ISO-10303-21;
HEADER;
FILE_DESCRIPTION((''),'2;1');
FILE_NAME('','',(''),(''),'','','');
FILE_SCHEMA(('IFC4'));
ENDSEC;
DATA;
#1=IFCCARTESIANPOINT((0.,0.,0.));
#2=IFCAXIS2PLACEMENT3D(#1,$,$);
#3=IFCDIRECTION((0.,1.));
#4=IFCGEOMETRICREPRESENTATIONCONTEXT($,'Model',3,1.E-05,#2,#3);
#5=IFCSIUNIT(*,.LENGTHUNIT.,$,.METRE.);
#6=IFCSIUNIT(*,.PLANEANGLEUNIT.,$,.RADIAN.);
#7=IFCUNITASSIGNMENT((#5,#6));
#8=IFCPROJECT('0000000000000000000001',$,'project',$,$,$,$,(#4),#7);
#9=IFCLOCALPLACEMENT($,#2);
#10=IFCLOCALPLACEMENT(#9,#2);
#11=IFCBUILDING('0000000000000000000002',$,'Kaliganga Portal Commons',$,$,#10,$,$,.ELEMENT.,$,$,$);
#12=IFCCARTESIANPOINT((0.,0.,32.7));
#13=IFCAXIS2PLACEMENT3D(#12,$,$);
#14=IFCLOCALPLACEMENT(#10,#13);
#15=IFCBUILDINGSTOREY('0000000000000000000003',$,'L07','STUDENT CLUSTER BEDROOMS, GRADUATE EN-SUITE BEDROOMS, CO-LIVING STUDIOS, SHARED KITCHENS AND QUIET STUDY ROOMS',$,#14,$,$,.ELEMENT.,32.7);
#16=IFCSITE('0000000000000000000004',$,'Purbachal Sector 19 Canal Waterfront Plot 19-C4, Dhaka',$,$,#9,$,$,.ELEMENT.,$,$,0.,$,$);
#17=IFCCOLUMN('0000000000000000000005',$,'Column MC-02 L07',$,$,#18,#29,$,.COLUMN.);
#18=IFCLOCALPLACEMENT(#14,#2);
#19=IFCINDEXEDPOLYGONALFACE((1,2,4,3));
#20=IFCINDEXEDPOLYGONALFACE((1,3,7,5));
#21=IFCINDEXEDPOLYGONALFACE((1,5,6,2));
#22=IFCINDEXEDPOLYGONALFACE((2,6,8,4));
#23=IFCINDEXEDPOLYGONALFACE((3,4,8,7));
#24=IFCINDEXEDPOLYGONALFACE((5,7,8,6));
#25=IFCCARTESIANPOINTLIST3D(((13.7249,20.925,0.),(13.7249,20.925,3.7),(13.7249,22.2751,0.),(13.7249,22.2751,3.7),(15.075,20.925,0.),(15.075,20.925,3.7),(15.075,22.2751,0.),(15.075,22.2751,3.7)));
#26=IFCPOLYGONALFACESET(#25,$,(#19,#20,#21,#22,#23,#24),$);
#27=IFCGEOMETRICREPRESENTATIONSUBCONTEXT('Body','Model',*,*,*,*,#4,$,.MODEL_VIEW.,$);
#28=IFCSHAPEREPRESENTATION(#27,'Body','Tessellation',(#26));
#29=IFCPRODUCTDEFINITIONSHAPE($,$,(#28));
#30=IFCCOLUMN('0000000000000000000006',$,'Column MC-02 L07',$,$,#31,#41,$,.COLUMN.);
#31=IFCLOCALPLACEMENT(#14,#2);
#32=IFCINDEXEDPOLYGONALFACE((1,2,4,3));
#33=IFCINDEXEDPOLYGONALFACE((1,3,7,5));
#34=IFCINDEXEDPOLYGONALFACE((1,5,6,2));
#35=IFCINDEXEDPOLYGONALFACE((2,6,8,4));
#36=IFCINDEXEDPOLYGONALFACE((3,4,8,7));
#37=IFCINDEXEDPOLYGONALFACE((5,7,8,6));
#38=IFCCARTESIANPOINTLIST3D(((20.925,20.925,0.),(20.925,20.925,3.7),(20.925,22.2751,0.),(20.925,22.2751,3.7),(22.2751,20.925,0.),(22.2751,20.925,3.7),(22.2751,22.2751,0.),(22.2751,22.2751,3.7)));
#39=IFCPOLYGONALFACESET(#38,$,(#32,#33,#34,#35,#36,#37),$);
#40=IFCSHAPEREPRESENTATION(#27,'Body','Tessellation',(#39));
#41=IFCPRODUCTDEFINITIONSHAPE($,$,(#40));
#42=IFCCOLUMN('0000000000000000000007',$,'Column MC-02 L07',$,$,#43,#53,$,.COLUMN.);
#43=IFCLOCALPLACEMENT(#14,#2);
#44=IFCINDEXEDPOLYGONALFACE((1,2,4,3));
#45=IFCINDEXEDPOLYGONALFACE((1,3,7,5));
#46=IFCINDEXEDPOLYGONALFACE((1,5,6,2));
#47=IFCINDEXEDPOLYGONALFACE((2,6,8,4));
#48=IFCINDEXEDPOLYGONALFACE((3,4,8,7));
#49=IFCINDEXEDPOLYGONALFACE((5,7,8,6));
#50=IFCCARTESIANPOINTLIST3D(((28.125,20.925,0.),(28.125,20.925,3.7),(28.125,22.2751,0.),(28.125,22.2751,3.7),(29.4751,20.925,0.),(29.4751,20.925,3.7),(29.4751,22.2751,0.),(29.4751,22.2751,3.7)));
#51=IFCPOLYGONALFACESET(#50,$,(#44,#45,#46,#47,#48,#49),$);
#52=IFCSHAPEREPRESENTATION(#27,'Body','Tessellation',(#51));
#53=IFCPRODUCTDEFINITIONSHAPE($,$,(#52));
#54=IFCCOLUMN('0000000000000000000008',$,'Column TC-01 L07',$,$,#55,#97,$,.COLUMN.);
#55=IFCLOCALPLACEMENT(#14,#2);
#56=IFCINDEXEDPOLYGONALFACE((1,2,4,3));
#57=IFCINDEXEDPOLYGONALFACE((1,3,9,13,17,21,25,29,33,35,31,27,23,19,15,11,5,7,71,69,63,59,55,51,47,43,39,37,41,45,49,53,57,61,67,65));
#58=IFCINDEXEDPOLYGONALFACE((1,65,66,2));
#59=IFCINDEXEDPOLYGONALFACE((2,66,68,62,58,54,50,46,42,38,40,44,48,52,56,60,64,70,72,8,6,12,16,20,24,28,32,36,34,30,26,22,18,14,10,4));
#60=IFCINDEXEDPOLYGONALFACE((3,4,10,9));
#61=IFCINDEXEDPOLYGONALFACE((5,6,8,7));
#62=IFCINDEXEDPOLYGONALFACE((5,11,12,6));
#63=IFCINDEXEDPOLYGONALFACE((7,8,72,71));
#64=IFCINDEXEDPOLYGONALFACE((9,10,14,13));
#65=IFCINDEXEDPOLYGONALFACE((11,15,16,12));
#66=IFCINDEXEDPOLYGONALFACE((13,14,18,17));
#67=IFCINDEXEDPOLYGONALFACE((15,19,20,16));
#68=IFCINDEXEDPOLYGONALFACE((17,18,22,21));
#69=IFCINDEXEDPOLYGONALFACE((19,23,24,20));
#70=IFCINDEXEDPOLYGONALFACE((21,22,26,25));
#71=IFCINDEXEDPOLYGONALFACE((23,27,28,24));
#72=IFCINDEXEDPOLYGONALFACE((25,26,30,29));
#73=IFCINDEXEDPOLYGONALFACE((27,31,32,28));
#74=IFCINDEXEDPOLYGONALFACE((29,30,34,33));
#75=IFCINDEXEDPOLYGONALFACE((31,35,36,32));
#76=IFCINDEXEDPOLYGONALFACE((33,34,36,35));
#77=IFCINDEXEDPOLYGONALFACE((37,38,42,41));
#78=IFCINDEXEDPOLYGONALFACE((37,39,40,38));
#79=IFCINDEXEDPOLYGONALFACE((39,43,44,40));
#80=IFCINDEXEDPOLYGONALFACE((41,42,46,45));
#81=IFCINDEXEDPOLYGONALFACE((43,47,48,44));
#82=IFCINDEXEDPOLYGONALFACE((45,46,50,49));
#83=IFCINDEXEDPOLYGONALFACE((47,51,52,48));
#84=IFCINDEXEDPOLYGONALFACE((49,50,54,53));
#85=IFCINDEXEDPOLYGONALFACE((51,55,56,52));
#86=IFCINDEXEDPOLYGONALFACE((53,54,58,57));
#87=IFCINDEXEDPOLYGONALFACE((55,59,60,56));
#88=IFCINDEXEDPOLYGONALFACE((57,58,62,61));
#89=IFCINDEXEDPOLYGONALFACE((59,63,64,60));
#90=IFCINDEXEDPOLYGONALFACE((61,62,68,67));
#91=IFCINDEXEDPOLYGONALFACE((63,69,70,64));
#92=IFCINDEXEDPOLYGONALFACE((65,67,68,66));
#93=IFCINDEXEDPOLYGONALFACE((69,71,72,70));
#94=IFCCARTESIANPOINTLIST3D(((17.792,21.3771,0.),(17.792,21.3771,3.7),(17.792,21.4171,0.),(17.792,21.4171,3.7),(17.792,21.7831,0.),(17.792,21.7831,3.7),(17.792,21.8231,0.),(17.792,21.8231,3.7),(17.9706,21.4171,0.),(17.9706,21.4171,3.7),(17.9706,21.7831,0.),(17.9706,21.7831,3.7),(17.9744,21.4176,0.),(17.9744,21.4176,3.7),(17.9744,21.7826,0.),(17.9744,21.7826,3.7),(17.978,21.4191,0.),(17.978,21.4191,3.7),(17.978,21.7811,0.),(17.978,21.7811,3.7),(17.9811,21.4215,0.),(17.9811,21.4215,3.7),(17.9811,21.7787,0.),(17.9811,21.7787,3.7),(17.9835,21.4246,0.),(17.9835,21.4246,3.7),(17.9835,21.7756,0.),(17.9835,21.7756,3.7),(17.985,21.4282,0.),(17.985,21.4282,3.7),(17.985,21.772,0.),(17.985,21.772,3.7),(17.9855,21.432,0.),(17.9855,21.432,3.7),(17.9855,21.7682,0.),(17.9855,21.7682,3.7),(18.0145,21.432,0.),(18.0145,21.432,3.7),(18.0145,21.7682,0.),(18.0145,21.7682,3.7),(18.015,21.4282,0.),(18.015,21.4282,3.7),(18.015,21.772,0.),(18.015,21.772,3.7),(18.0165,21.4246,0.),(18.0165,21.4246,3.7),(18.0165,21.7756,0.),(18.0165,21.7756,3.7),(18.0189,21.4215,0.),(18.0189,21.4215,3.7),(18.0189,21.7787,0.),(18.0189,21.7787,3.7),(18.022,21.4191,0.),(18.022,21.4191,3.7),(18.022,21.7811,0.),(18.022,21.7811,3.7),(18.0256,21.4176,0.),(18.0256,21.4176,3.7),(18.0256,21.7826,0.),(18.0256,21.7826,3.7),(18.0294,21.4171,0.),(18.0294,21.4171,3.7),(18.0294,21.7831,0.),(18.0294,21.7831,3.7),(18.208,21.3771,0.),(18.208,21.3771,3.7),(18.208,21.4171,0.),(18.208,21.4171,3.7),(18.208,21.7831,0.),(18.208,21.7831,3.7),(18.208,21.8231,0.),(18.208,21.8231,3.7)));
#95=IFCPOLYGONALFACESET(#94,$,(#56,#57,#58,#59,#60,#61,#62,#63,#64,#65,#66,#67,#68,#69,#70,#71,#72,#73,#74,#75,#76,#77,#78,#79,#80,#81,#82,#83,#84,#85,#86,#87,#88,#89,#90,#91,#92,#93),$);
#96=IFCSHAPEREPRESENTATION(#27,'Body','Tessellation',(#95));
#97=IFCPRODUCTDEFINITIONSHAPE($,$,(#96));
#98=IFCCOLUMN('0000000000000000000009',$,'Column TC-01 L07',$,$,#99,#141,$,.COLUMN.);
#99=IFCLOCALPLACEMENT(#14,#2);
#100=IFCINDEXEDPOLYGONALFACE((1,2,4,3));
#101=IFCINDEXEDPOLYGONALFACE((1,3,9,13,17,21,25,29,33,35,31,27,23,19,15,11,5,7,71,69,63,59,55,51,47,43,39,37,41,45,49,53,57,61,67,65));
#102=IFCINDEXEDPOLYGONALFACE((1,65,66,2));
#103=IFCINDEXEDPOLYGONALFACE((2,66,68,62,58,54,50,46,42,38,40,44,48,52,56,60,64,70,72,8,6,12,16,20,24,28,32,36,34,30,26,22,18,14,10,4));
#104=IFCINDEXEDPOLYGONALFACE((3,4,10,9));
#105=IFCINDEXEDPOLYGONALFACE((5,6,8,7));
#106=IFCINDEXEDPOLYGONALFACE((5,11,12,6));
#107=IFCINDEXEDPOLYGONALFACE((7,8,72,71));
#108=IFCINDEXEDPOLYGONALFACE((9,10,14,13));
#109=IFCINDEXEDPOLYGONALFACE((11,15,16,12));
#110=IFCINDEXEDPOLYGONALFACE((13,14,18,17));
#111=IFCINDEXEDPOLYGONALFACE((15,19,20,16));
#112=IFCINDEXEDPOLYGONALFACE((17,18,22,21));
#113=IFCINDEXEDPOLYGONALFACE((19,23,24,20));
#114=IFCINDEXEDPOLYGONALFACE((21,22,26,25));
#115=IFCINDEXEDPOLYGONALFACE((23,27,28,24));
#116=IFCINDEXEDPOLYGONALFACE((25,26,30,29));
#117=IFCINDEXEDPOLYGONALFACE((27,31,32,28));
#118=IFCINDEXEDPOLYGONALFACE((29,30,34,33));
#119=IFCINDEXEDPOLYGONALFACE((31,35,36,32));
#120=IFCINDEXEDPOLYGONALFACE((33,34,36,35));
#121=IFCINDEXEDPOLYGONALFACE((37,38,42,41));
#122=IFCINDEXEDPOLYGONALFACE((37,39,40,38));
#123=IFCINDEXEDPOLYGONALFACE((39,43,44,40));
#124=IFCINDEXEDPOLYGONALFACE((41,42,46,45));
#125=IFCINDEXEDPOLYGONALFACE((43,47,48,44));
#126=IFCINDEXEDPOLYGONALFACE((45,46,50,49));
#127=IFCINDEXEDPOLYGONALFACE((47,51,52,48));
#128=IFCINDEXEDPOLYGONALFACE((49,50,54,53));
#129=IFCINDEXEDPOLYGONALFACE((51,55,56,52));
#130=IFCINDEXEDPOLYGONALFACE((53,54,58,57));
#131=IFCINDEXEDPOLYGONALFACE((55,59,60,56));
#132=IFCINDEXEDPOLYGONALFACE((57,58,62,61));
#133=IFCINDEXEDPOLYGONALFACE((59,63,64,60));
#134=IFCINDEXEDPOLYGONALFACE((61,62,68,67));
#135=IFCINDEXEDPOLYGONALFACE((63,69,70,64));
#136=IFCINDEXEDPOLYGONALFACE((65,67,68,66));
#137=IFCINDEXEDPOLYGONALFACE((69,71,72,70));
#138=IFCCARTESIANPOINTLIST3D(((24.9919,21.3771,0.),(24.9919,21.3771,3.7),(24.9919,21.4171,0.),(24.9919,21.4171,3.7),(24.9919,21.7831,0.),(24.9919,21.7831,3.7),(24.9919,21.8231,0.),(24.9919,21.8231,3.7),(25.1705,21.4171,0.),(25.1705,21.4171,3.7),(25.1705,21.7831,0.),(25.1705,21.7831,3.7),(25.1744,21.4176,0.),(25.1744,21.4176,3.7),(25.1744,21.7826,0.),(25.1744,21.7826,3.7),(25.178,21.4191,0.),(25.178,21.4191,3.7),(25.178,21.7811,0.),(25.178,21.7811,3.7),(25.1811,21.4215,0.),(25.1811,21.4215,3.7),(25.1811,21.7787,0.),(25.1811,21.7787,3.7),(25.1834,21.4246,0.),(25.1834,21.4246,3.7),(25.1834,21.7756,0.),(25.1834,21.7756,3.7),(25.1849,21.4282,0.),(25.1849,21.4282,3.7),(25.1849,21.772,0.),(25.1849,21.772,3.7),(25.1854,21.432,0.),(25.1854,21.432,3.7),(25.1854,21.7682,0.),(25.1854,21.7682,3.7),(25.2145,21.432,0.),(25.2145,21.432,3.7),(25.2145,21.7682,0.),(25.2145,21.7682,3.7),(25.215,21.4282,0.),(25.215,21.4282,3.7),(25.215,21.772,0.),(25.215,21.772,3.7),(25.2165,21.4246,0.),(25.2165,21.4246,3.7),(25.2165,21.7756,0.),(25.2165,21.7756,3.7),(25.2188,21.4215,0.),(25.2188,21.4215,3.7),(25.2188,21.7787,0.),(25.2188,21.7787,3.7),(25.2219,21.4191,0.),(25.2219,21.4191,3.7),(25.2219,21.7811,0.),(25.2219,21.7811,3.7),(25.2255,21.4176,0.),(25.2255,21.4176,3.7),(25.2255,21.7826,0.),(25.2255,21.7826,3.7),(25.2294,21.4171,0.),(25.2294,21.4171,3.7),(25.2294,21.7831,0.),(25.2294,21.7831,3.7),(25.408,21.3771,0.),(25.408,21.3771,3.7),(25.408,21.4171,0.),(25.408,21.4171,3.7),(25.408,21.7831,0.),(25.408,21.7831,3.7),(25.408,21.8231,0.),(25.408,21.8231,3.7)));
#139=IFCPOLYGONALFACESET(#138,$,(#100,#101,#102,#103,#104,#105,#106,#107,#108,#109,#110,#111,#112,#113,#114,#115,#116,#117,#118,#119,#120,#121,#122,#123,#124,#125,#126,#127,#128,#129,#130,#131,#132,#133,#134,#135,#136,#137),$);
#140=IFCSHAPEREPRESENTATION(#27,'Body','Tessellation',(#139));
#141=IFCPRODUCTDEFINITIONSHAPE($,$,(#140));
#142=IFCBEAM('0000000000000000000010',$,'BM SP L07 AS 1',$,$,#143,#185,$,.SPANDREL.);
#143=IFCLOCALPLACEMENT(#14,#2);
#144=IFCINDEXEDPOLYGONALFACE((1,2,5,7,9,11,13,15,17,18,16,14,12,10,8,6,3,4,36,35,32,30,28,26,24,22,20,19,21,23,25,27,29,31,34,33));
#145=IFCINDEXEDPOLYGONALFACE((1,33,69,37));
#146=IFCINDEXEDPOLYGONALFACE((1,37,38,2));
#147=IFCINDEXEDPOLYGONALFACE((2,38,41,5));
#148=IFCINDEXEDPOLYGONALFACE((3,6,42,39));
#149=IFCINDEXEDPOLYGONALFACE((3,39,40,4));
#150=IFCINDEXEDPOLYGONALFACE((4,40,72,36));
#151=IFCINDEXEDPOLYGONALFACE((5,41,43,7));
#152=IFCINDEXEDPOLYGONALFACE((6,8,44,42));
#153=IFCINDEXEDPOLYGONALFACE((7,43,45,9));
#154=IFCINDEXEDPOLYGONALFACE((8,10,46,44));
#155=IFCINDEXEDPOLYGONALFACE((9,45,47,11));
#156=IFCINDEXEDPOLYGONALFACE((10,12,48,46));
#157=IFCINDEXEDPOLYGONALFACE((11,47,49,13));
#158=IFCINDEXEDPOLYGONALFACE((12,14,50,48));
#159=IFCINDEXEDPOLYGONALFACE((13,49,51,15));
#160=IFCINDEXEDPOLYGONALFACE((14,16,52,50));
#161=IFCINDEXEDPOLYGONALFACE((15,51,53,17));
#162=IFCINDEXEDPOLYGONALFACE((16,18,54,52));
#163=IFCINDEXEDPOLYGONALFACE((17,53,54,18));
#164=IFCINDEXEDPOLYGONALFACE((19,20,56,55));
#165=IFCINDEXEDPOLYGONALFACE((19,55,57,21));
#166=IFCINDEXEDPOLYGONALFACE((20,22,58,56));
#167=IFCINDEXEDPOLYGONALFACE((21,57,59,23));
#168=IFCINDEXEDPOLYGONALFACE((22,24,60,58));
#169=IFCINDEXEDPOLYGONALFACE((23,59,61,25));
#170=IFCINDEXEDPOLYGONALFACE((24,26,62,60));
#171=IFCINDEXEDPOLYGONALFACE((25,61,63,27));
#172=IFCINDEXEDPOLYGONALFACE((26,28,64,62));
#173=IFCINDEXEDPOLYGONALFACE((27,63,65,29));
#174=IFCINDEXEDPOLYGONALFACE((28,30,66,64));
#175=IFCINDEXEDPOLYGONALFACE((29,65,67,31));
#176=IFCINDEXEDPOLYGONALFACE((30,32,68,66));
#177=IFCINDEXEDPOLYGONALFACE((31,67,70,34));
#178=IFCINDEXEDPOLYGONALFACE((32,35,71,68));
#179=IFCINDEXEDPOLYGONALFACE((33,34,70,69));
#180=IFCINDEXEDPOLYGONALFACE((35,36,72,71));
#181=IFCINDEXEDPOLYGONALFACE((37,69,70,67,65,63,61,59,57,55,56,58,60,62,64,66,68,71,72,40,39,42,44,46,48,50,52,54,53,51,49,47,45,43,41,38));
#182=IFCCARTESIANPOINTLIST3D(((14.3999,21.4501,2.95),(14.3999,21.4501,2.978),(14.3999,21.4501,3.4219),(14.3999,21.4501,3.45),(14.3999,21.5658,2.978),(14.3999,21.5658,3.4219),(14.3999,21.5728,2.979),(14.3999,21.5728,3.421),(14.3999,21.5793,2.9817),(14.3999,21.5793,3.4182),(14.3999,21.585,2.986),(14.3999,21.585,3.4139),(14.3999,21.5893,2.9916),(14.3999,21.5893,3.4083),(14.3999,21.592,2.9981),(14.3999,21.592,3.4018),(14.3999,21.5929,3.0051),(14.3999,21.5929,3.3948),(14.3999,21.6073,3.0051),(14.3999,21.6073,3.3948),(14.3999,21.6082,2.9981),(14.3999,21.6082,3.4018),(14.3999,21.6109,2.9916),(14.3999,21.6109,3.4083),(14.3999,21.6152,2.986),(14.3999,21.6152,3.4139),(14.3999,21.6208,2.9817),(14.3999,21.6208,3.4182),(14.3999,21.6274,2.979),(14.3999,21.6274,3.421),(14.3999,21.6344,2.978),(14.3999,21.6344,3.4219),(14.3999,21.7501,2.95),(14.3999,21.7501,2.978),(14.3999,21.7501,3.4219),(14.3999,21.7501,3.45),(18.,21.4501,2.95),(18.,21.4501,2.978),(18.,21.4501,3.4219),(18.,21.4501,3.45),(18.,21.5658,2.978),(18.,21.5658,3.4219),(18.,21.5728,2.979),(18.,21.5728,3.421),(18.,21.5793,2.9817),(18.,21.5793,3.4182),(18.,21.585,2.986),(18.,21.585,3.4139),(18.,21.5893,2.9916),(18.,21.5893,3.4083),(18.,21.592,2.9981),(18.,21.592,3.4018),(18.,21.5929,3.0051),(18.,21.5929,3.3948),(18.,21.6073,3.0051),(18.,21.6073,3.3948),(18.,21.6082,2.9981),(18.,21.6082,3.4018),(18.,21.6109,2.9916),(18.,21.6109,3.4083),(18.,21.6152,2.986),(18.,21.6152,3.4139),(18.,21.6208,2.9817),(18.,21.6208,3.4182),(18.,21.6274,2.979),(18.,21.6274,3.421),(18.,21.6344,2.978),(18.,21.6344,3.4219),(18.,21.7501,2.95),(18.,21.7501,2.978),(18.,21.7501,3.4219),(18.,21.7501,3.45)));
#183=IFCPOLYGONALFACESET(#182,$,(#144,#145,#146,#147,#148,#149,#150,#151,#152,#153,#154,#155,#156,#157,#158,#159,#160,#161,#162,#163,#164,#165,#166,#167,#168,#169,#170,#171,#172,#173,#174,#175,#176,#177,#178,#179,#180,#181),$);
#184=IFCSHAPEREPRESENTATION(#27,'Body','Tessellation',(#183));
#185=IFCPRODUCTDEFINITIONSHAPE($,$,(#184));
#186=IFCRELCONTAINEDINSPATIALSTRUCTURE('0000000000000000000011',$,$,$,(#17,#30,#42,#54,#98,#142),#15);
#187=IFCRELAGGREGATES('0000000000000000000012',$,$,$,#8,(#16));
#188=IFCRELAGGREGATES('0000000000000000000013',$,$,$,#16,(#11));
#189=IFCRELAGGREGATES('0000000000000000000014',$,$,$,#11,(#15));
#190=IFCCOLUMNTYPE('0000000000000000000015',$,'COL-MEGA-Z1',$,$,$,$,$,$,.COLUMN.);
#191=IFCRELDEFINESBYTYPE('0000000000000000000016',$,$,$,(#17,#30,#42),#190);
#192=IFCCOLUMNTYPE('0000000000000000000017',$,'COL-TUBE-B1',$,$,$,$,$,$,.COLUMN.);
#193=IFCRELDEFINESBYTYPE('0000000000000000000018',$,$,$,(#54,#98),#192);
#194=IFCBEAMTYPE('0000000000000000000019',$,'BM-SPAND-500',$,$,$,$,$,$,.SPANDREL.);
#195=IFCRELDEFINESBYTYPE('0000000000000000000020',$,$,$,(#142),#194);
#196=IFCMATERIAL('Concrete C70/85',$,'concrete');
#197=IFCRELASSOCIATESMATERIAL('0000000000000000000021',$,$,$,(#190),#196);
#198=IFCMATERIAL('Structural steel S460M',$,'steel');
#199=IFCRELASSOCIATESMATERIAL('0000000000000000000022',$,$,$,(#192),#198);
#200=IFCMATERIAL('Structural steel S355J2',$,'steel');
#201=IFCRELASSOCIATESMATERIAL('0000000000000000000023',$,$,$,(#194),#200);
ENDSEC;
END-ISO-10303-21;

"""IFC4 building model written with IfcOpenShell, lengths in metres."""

from ifc_helpers import new_model, si_unit, direction, frame, origin, origin_2d, place, context, subcontext, project, spatial, rectangle, i_section, extrude, source, transform, mapped, material, material_profile, profile_set, type_object, element, save


model = new_model("IFC4")

# Units and contexts
model_context = context("Model", 3, precision=1e-05, world=origin(), true_north=direction((0.0, 1.0)))
body_context = subcontext(model_context, "Body", "Model", "MODEL_VIEW")
ifc_project = project(units=[si_unit("LENGTHUNIT", "METRE"), si_unit("PLANEANGLEUNIT", "RADIAN")], contexts=[model_context])

# Site, building, storey
site_placement = place(None, origin())
site = spatial("IfcSite", under=ifc_project, at=site_placement, Name="Purbachal Sector 19 Canal Waterfront Plot 19-C4, Dhaka", CompositionType="ELEMENT", RefElevation=0.0)
building_placement = place(site_placement, origin())
building = spatial("IfcBuilding", under=site, at=building_placement, Name="Kaliganga Portal Commons", CompositionType="ELEMENT")
storey_placement = place(building_placement, frame((0.0, 0.0, 32.7)))
storey = spatial("IfcBuildingStorey", under=building, at=storey_placement, Name="L07", Description="STUDENT CLUSTER BEDROOMS, GRADUATE EN-SUITE BEDROOMS, CO-LIVING STUDIOS, SHARED KITCHENS AND QUIET STUDY ROOMS", CompositionType="ELEMENT", Elevation=32.7)

# Columns
ifc_material_1 = material(Name="Concrete C70/85", Category="concrete")
ifc_material_profile_1 = material_profile(ifc_material_1, rectangle(XDim=1.3501, YDim=1.3501, at=origin_2d()), Name="RC 1350x1350")
ifc_profile_set_1 = profile_set([ifc_material_profile_1], Name="Concrete C70/85")
column_type_1 = type_object("IfcColumnType", Name="COL-MEGA-Z1", PredefinedType="COLUMN", material=ifc_profile_set_1)
shared_shape_1 = source(origin(), body_context, "Body", "SweptSolid", [
    extrude(rectangle(XDim=1.3501, YDim=1.3501, at=origin_2d()), origin(), (0.0, 0.0, 1.0), 3.7),
])
for number, where, z_axis, x_axis, name in (
    (1, (14.3999, 21.6001, 0.0), (0.0, 0.0, 1.0), (1.0, 0.0, 0.0), "Column MC-02 L07"),
    (2, (21.6001, 21.6001, 0.0), (0.0, 0.0, 1.0), (1.0, 0.0, 0.0), "Column MC-02 L07"),
    (3, (28.8, 21.6001, 0.0), (0.0, 0.0, 1.0), (1.0, 0.0, 0.0), "Column MC-02 L07"),
):
    element("IfcColumn", number, at=place(storey_placement, frame(where, z_axis=z_axis, x_axis=x_axis)), inside=storey, type_object=column_type_1, Name=name, PredefinedType="COLUMN", context=body_context, shape_type="MappedRepresentation", body=[
        mapped(shared_shape_1, transform((0.0, 0.0, 0.0), x_axis=(1.0, 0.0, 0.0), y_axis=(0.0, 1.0, 0.0), z_axis=(0.0, 0.0, 1.0), scale=1.0)),
    ])
ifc_material_2 = material(Name="Structural steel S460M", Category="steel")
ifc_material_profile_2 = material_profile(ifc_material_2, i_section(OverallWidth=0.416, OverallDepth=0.446, WebThickness=0.0291, FlangeThickness=0.04, FilletRadius=0.0149, at=origin_2d()), Name="HD 400x509")
ifc_profile_set_2 = profile_set([ifc_material_profile_2], Name="Structural steel S460M wide-flange")
column_type_2 = type_object("IfcColumnType", Name="COL-TUBE-B1", PredefinedType="COLUMN", material=ifc_profile_set_2)
shared_shape_2 = source(origin(), body_context, "Body", "SweptSolid", [
    extrude(i_section(OverallWidth=0.416, OverallDepth=0.446, WebThickness=0.0291, FlangeThickness=0.04, FilletRadius=0.0149, at=origin_2d()), origin(), (0.0, 0.0, 1.0), 3.7),
])
for number, where, z_axis, x_axis, name in (
    (4, (18.0, 21.6001, 0.0), (0.0, 0.0, 1.0), (1.0, 0.0, 0.0), "Column TC-01 L07"),
    (5, (25.2, 21.6001, 0.0), (0.0, 0.0, 1.0), (1.0, 0.0, 0.0), "Column TC-01 L07"),
):
    element("IfcColumn", number, at=place(storey_placement, frame(where, z_axis=z_axis, x_axis=x_axis)), inside=storey, type_object=column_type_2, Name=name, PredefinedType="COLUMN", context=body_context, shape_type="MappedRepresentation", body=[
        mapped(shared_shape_2, transform((0.0, 0.0, 0.0), x_axis=(1.0, 0.0, 0.0), y_axis=(0.0, 1.0, 0.0), z_axis=(0.0, 0.0, 1.0), scale=1.0)),
    ])

# Beam
ifc_material_3 = material(Name="Structural steel S355J2", Category="steel")
ifc_material_profile_3 = material_profile(ifc_material_3, i_section(OverallWidth=0.3, OverallDepth=0.5, WebThickness=0.0144, FlangeThickness=0.0281, FilletRadius=0.0271, at=origin_2d()), Name="HE 500 B")
ifc_profile_set_3 = profile_set([ifc_material_profile_3], Name="Structural steel S355J2 wide-flange")
beam_type_1 = type_object("IfcBeamType", Name="BM-SPAND-500", PredefinedType="SPANDREL", material=ifc_profile_set_3)
shared_shape_3 = source(origin(), body_context, "Body", "SweptSolid", [
    extrude(i_section(OverallWidth=0.3, OverallDepth=0.5, WebThickness=0.0144, FlangeThickness=0.0281, FilletRadius=0.0271, at=origin_2d()), origin(), (0.0, 0.0, 1.0), 3.6001),
])
for number, where, z_axis, x_axis, name in (
    (6, (14.3999, 21.6001, 3.2), (1.0, 0.0, 0.0), (0.0, 1.0, 0.0), "BM SP L07 AS 1"),
):
    element("IfcBeam", number, at=place(storey_placement, frame(where, z_axis=z_axis, x_axis=x_axis)), inside=storey, type_object=beam_type_1, Name=name, PredefinedType="SPANDREL", context=body_context, shape_type="MappedRepresentation", body=[
        mapped(shared_shape_3, transform((0.0, 0.0, 0.0), x_axis=(1.0, 0.0, 0.0), y_axis=(0.0, 1.0, 0.0), z_axis=(0.0, 0.0, 1.0), scale=1.0)),
    ])

save(model, "model.ifc")
